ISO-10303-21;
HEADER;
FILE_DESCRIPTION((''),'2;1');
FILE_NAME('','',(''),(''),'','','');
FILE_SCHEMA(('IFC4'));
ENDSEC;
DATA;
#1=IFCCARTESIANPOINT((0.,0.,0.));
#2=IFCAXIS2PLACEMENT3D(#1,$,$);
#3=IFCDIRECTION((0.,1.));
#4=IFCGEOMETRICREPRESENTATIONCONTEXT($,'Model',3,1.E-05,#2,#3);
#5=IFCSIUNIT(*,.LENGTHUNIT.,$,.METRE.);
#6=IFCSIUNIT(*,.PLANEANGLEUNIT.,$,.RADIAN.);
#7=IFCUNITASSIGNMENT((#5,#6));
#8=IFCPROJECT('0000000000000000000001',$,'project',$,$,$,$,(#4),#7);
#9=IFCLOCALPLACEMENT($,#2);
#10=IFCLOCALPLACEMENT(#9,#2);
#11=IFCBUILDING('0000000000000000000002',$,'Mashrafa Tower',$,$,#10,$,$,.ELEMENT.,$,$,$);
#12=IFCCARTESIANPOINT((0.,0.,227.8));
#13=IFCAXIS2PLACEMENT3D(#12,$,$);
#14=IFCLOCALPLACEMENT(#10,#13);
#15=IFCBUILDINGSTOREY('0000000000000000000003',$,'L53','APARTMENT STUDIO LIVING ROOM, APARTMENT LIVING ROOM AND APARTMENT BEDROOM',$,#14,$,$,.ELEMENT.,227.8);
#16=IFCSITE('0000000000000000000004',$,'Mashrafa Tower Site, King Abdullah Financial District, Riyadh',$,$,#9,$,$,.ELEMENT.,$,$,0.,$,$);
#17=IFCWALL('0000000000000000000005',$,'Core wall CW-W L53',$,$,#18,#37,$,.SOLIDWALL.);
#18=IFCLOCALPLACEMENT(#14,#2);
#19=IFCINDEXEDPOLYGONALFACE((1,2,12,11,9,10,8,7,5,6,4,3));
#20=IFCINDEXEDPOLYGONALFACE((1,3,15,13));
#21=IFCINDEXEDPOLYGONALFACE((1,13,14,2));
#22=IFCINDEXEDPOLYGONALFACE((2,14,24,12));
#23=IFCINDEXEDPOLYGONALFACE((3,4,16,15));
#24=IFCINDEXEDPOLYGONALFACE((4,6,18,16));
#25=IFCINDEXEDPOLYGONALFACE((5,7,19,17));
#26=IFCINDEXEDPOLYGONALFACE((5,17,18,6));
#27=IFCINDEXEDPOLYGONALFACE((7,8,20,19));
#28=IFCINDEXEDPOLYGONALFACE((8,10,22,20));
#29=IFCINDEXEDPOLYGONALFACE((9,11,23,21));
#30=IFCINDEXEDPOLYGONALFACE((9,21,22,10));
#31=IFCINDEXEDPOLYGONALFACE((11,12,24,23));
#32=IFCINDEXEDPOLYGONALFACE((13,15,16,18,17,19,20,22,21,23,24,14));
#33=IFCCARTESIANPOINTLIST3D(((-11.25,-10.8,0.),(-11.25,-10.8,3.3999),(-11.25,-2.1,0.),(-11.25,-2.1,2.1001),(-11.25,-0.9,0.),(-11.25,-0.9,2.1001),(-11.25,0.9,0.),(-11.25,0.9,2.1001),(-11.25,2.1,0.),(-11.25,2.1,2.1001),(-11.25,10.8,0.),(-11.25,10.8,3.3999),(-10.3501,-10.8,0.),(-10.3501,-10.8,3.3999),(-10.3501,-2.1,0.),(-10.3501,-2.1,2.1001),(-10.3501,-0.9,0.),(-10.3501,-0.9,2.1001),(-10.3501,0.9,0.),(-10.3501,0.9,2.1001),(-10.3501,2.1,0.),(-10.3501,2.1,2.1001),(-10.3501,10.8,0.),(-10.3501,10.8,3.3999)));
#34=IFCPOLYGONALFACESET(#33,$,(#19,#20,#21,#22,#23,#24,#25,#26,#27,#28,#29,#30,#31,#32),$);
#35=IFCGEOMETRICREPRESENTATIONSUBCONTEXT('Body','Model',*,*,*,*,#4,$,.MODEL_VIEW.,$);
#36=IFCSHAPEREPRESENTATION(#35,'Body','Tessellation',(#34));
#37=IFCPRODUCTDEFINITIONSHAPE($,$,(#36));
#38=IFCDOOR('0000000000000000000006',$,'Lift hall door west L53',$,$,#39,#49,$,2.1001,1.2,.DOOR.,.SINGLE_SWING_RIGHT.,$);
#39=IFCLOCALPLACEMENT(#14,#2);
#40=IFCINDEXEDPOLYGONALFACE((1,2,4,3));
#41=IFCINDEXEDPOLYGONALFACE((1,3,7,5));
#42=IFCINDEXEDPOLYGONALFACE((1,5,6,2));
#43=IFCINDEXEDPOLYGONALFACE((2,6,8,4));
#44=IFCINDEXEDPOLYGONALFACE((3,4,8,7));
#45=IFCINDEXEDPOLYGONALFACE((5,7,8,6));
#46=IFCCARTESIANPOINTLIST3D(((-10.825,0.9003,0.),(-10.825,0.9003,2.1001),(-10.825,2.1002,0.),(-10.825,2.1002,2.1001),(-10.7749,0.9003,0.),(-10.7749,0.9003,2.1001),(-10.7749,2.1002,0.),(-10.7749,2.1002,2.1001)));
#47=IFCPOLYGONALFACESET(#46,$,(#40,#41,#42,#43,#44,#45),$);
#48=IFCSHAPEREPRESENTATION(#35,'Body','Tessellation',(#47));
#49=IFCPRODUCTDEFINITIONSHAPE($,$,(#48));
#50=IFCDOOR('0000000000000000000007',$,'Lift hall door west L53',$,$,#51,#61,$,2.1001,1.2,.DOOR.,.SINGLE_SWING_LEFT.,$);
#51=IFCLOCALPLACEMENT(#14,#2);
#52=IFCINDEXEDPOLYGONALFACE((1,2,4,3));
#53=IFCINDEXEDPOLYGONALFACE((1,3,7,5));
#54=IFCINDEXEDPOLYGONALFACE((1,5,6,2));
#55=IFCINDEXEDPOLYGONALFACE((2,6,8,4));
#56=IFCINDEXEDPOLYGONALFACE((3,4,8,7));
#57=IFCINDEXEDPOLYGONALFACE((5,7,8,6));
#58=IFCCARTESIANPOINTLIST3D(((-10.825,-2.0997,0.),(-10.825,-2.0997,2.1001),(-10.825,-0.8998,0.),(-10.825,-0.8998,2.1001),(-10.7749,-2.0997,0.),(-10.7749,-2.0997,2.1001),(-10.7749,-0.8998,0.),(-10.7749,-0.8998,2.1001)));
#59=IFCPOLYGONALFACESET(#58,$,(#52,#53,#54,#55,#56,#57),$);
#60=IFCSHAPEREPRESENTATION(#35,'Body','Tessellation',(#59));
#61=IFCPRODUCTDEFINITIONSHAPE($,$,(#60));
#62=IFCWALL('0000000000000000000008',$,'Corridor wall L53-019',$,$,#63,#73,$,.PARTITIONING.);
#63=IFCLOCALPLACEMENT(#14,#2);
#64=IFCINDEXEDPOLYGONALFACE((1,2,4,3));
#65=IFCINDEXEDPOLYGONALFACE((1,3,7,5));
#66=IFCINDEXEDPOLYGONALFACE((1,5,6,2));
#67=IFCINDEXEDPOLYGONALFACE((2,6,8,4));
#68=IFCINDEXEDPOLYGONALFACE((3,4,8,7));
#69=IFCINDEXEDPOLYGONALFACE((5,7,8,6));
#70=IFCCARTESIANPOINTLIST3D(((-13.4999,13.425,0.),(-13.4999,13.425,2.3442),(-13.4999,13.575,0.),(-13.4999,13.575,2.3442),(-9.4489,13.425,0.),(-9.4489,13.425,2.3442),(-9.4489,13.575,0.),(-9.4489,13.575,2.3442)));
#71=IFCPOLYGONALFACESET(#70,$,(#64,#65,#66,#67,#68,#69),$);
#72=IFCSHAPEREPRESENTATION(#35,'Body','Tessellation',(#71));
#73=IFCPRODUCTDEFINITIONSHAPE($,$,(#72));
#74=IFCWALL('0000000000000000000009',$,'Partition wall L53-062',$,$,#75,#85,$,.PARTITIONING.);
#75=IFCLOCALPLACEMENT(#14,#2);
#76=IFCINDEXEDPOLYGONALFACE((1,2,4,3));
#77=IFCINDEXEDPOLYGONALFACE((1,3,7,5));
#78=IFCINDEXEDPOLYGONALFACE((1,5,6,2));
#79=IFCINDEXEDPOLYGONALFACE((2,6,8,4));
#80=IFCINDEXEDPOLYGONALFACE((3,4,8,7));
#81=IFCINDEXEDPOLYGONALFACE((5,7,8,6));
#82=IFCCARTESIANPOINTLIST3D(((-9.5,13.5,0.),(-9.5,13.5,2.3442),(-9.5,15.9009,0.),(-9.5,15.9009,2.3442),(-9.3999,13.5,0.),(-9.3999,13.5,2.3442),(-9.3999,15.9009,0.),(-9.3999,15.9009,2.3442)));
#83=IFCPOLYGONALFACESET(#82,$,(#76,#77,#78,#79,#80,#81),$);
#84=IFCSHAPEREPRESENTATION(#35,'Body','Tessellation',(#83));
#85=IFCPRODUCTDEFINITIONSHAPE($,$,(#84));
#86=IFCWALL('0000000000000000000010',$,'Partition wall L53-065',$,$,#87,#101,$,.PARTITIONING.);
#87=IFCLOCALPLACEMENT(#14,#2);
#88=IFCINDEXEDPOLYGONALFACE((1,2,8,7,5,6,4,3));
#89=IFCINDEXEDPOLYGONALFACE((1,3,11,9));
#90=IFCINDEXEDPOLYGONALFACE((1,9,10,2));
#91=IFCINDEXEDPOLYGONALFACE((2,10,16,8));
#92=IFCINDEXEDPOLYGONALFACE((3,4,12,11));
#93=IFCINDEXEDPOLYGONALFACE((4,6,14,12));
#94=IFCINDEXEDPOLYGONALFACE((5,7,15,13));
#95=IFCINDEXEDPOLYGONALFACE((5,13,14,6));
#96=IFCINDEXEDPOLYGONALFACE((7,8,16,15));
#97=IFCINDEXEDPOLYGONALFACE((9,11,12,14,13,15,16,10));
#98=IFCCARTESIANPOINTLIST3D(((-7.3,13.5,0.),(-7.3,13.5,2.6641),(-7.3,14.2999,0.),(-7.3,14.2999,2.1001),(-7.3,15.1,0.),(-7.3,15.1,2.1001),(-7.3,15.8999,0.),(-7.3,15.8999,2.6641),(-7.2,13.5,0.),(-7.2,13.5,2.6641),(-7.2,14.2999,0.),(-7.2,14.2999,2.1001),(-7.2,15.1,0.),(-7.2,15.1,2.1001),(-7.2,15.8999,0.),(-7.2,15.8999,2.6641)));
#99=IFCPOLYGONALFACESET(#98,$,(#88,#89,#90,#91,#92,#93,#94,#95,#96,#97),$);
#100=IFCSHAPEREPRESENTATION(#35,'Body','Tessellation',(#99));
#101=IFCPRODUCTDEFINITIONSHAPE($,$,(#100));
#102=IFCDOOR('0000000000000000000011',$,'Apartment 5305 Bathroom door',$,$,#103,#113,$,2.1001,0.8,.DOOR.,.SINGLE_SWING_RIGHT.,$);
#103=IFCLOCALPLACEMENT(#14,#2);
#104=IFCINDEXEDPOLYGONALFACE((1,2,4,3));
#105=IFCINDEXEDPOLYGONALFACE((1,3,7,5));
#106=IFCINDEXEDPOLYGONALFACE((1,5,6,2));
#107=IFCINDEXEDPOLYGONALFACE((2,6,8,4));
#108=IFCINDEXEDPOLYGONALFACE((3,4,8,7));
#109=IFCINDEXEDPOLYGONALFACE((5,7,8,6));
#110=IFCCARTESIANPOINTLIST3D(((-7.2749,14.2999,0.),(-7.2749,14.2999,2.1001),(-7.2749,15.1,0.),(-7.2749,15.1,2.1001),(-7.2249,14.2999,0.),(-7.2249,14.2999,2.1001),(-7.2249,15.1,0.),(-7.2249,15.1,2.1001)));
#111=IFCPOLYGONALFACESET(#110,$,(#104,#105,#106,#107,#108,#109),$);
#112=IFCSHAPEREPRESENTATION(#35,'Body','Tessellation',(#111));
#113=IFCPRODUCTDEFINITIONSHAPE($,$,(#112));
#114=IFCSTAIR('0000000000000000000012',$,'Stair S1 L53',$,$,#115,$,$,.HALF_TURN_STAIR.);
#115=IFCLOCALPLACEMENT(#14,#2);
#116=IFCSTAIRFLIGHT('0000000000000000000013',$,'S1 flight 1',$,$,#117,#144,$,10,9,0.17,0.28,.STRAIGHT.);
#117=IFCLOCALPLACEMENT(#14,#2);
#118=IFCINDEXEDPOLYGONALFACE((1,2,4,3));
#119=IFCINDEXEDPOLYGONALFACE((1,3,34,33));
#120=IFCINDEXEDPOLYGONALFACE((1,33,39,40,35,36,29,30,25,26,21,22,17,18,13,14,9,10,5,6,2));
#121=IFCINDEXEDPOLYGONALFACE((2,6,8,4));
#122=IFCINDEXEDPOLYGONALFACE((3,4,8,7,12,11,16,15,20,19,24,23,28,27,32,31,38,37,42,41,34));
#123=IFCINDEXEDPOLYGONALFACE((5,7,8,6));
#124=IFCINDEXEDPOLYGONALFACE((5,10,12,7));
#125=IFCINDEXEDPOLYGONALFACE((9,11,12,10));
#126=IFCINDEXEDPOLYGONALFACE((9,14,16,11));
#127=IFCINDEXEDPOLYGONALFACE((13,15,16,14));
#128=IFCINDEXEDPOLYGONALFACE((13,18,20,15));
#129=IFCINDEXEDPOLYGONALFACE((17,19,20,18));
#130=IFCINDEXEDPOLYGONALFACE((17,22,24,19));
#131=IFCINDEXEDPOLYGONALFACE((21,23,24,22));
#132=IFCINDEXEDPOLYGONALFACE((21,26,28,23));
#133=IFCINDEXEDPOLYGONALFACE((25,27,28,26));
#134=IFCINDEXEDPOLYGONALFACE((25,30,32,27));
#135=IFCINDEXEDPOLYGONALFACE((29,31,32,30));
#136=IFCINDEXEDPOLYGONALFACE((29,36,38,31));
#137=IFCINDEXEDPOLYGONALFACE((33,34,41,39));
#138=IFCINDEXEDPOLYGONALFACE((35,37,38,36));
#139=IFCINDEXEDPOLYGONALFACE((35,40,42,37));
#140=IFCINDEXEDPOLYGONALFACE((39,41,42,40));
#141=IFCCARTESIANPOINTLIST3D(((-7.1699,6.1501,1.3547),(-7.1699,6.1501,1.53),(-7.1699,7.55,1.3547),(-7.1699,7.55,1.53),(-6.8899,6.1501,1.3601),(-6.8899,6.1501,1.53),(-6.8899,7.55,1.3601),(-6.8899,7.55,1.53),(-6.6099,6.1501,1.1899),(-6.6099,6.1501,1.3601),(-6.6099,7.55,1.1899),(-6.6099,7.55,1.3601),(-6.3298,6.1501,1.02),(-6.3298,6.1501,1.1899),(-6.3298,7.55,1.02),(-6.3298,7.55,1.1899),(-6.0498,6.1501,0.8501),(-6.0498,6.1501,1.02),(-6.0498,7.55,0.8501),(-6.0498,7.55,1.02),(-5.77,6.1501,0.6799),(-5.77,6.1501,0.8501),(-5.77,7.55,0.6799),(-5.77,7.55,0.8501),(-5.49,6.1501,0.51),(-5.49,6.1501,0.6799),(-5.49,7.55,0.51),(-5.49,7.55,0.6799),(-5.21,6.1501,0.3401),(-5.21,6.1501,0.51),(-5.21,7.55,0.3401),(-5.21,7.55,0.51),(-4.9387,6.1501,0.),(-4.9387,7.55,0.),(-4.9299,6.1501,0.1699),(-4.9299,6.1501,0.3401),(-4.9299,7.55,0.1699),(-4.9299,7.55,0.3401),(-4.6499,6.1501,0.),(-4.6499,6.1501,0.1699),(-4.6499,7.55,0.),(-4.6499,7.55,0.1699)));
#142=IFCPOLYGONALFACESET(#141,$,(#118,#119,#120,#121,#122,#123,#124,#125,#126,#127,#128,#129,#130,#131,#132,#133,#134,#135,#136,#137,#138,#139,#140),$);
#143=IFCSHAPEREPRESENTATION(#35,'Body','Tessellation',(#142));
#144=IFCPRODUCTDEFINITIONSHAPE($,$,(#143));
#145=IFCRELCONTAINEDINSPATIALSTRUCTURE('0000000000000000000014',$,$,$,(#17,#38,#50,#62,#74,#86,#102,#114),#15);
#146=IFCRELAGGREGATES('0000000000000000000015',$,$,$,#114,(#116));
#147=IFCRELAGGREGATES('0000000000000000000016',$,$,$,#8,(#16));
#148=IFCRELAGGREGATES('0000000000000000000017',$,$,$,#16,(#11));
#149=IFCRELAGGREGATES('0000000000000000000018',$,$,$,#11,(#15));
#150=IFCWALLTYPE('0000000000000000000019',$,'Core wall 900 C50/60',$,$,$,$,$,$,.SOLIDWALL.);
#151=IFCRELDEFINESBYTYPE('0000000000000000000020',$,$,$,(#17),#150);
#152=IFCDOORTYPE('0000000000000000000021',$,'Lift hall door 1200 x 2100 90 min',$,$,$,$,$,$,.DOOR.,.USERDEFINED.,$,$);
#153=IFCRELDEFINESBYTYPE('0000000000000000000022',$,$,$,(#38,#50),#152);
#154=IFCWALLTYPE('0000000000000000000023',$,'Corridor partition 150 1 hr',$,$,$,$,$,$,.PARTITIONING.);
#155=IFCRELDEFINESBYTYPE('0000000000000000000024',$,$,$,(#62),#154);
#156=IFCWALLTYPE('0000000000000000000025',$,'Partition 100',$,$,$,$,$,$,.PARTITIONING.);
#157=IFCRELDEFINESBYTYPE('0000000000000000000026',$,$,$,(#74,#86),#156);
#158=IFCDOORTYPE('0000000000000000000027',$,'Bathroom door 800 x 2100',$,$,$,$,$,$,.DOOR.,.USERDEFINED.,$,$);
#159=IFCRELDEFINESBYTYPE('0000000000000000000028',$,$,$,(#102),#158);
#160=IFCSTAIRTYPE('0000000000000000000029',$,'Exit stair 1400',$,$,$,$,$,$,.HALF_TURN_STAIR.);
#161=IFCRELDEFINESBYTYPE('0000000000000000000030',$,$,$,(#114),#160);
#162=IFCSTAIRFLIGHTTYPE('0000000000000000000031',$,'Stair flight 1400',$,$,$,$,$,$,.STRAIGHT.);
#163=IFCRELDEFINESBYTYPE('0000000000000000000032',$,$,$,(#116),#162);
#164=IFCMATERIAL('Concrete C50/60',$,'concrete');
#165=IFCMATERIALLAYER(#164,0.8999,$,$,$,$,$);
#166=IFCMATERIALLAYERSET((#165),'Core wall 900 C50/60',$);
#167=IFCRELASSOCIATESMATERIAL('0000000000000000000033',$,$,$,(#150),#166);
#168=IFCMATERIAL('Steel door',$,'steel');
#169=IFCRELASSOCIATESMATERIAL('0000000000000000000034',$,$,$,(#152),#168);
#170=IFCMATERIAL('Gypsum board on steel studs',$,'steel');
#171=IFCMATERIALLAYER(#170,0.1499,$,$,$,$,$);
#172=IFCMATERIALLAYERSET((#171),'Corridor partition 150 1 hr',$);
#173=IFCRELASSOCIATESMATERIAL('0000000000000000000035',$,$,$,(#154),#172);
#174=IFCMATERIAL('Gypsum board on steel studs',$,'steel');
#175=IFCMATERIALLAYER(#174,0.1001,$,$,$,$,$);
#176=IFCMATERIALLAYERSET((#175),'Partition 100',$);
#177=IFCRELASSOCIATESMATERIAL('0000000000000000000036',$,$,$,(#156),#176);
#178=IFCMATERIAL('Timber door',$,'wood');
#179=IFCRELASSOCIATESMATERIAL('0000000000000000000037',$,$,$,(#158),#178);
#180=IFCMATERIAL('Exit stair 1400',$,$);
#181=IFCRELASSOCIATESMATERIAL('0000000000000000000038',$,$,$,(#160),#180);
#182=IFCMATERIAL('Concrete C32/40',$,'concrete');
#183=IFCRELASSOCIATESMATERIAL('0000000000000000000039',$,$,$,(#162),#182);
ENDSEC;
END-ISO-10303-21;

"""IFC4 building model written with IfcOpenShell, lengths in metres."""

from ifc_helpers import new_model, si_unit, direction, frame, frame_2d, origin, place, context, subcontext, project, spatial, polyline, rectangle, outline, extrude, material, layer, layer_set, type_object, element, fill, aggregate, save


model = new_model("IFC4")

# Units and contexts
model_context = context("Model", 3, precision=1e-05, world=origin(), true_north=direction((0.0, 1.0)))
body_context = subcontext(model_context, "Body", "Model", "MODEL_VIEW")
ifc_project = project(units=[si_unit("LENGTHUNIT", "METRE"), si_unit("PLANEANGLEUNIT", "RADIAN")], contexts=[model_context])

# Site, building, storey
site_placement = place(None, origin())
site = spatial("IfcSite", under=ifc_project, at=site_placement, Name="Mashrafa Tower Site, King Abdullah Financial District, Riyadh", CompositionType="ELEMENT", RefElevation=0.0)
building_placement = place(site_placement, origin())
building = spatial("IfcBuilding", under=site, at=building_placement, Name="Mashrafa Tower", CompositionType="ELEMENT")
storey_placement = place(building_placement, frame((0.0, 0.0, 227.8)))
storey = spatial("IfcBuildingStorey", under=building, at=storey_placement, Name="L53", Description="APARTMENT STUDIO LIVING ROOM, APARTMENT LIVING ROOM AND APARTMENT BEDROOM", CompositionType="ELEMENT", Elevation=227.8)

# Wall, openings, doors
ifc_material_1 = material(Name="Concrete C50/60", Category="concrete")
ifc_layer_1 = layer(ifc_material_1, 0.8999)
ifc_layer_set_1 = layer_set([ifc_layer_1], Name="Core wall 900 C50/60")
wall_type_1 = type_object("IfcWallType", Name="Core wall 900 C50/60", PredefinedType="SOLIDWALL", material=ifc_layer_set_1)
wall_1_placement = place(storey_placement, frame((-10.8, 10.8, 0.0), z_axis=(0.0, 0.0, 1.0), x_axis=(0.0, -1.0, 0.0)))
wall_1 = element("IfcWall", 1, at=wall_1_placement, inside=storey, type_object=wall_type_1, Name="Core wall CW-W L53", PredefinedType="SOLIDWALL", context=body_context, shape_type="SweptSolid", body=[
    extrude(rectangle(XDim=21.6001, YDim=0.8999, at=frame_2d((10.8, 0.0))), origin(), (0.0, 0.0, 1.0), 3.3999),
])
opening_1_placement = place(wall_1_placement, frame((8.7, 0.0, 0.0)))
opening_1 = element("IfcOpeningElement", 2, at=opening_1_placement, cuts=wall_1, PredefinedType="OPENING", context=body_context, shape_type="SweptSolid", body=[
    extrude(rectangle(XDim=1.2, YDim=2.1001, at=frame_2d((0.6001, 1.05))), frame((0.0, 0.46, 0.0), z_axis=(0.0, -1.0, 0.0), x_axis=(1.0, 0.0, 0.0)), (0.0, 0.0, 1.0), 0.9199),
])
opening_2_placement = place(wall_1_placement, frame((11.7, 0.0, 0.0)))
opening_2 = element("IfcOpeningElement", 3, at=opening_2_placement, cuts=wall_1, PredefinedType="OPENING", context=body_context, shape_type="SweptSolid", body=[
    extrude(rectangle(XDim=1.2, YDim=2.1001, at=frame_2d((0.6001, 1.05))), frame((0.0, 0.46, 0.0), z_axis=(0.0, -1.0, 0.0), x_axis=(1.0, 0.0, 0.0)), (0.0, 0.0, 1.0), 0.9199),
])
ifc_material_2 = material(Name="Steel door", Category="steel")
door_type_1 = type_object("IfcDoorType", Name="Lift hall door 1200 x 2100 90 min", OperationType="USERDEFINED", PredefinedType="DOOR", material=ifc_material_2)
door_1_placement = place(opening_1_placement, frame((1.2, 0.0, 0.0), z_axis=(0.0, 0.0, 1.0), x_axis=(-1.0, 0.0, 0.0)))
door_1 = element("IfcDoor", 4, at=door_1_placement, inside=storey, type_object=door_type_1, Name="Lift hall door west L53", OperationType="SINGLE_SWING_RIGHT", OverallHeight=2.1001, OverallWidth=1.2, PredefinedType="DOOR", context=body_context, shape_type="SweptSolid", body=[
    extrude(rectangle(XDim=1.2, YDim=2.1001, at=frame_2d((0.6001, 1.05))), frame((0.0, 0.0249, 0.0), z_axis=(0.0, -1.0, 0.0), x_axis=(1.0, 0.0, 0.0)), (0.0, 0.0, 1.0), 0.05),
])
fill(opening_1, door_1)
door_2_placement = place(opening_2_placement, frame((1.2, 0.0, 0.0), z_axis=(0.0, 0.0, 1.0), x_axis=(-1.0, 0.0, 0.0)))
door_2 = element("IfcDoor", 5, at=door_2_placement, inside=storey, type_object=door_type_1, Name="Lift hall door west L53", OperationType="SINGLE_SWING_LEFT", OverallHeight=2.1001, OverallWidth=1.2, PredefinedType="DOOR", context=body_context, shape_type="SweptSolid", body=[
    extrude(rectangle(XDim=1.2, YDim=2.1001, at=frame_2d((0.6001, 1.05))), frame((0.0, 0.0249, 0.0), z_axis=(0.0, -1.0, 0.0), x_axis=(1.0, 0.0, 0.0)), (0.0, 0.0, 1.0), 0.05),
])
fill(opening_2, door_2)

# Walls
ifc_material_3 = material(Name="Gypsum board on steel studs", Category="steel")
ifc_layer_2 = layer(ifc_material_3, 0.1499)
ifc_layer_set_2 = layer_set([ifc_layer_2], Name="Corridor partition 150 1 hr")
wall_type_2 = type_object("IfcWallType", Name="Corridor partition 150 1 hr", PredefinedType="PARTITIONING", material=ifc_layer_set_2)
wall_2_placement = place(storey_placement, frame((-9.449, 13.5, 0.0), z_axis=(0.0, 0.0, 1.0), x_axis=(-1.0, 0.0, 0.0)))
element("IfcWall", 6, at=wall_2_placement, inside=storey, type_object=wall_type_2, Name="Corridor wall L53-019", PredefinedType="PARTITIONING", context=body_context, shape_type="SweptSolid", body=[
    extrude(rectangle(XDim=4.051, YDim=0.1499, at=frame_2d((2.0254, 0.0))), origin(), (0.0, 0.0, 1.0), 2.3442),
])
ifc_material_4 = material(Name="Gypsum board on steel studs", Category="steel")
ifc_layer_3 = layer(ifc_material_4, 0.1001)
ifc_layer_set_3 = layer_set([ifc_layer_3], Name="Partition 100")
wall_type_3 = type_object("IfcWallType", Name="Partition 100", PredefinedType="PARTITIONING", material=ifc_layer_set_3)
wall_3_placement = place(storey_placement, frame((-9.45, 13.5, 0.0), z_axis=(0.0, 0.0, 1.0), x_axis=(0.0, 1.0, 0.0)))
element("IfcWall", 7, at=wall_3_placement, inside=storey, type_object=wall_type_3, Name="Partition wall L53-062", PredefinedType="PARTITIONING", context=body_context, shape_type="SweptSolid", body=[
    extrude(rectangle(XDim=2.4009, YDim=0.1001, at=frame_2d((1.2004, 0.0))), origin(), (0.0, 0.0, 1.0), 2.3442),
])

# Wall, opening, door
wall_4_placement = place(storey_placement, frame((-7.25, 13.5, 0.0), z_axis=(0.0, 0.0, 1.0), x_axis=(0.0, 1.0, 0.0)))
wall_4 = element("IfcWall", 8, at=wall_4_placement, inside=storey, type_object=wall_type_3, Name="Partition wall L53-065", PredefinedType="PARTITIONING", context=body_context, shape_type="SweptSolid", body=[
    extrude(rectangle(XDim=2.3999, YDim=0.1001, at=frame_2d((1.2, 0.0))), origin(), (0.0, 0.0, 1.0), 2.6641),
])
opening_3_placement = place(wall_4_placement, frame((0.8, 0.0, 0.0)))
opening_3 = element("IfcOpeningElement", 9, at=opening_3_placement, cuts=wall_4, PredefinedType="OPENING", context=body_context, shape_type="SweptSolid", body=[
    extrude(rectangle(XDim=0.8, YDim=2.1001, at=frame_2d((0.3999, 1.05))), frame((0.0, 0.0601, 0.0), z_axis=(0.0, -1.0, 0.0), x_axis=(1.0, 0.0, 0.0)), (0.0, 0.0, 1.0), 0.1201),
])
ifc_material_5 = material(Name="Timber door", Category="wood")
door_type_2 = type_object("IfcDoorType", Name="Bathroom door 800 x 2100", OperationType="USERDEFINED", PredefinedType="DOOR", material=ifc_material_5)
door_3_placement = place(opening_3_placement, origin())
door_3 = element("IfcDoor", 10, at=door_3_placement, inside=storey, type_object=door_type_2, Name="Apartment 5305 Bathroom door", OperationType="SINGLE_SWING_RIGHT", OverallHeight=2.1001, OverallWidth=0.8, PredefinedType="DOOR", context=body_context, shape_type="SweptSolid", body=[
    extrude(rectangle(XDim=0.8, YDim=2.1001, at=frame_2d((0.3999, 1.05))), frame((0.0, 0.0249, 0.0), z_axis=(0.0, -1.0, 0.0), x_axis=(1.0, 0.0, 0.0)), (0.0, 0.0, 1.0), 0.05),
])
fill(opening_3, door_3)

# Stair, stair flight
ifc_material_6 = material(Name="Exit stair 1400")
stair_type = type_object("IfcStairType", Name="Exit stair 1400", PredefinedType="HALF_TURN_STAIR", material=ifc_material_6)
stair_placement = place(storey_placement, origin())
stair = element("IfcStair", 11, at=stair_placement, inside=storey, type_object=stair_type, Name="Stair S1 L53", PredefinedType="HALF_TURN_STAIR")
ifc_material_7 = material(Name="Concrete C32/40", Category="concrete")
stair_flight_type = type_object("IfcStairFlightType", Name="Stair flight 1400", PredefinedType="STRAIGHT", material=ifc_material_7)
stair_flight_1_placement = place(storey_placement, frame((-4.6499, 6.8501, 0.0), z_axis=(0.0, 0.0, 1.0), x_axis=(-1.0, 0.0, 0.0)))
stair_flight_1 = element("IfcStairFlight", 12, at=stair_flight_1_placement, type_object=stair_flight_type, Name="S1 flight 1", NumberOfRisers=10, NumberOfTreads=9, PredefinedType="STRAIGHT", RiserHeight=0.17, TreadLength=0.28, context=body_context, shape_type="SweptSolid", body=[
    extrude(outline(polyline([(0.0, 0.0), (0.0, 0.1699), (0.28, 0.1699), (0.28, 0.3401), (0.5601, 0.3401), (0.5601, 0.51), (0.8401, 0.51), (0.8401, 0.6799), (1.1201, 0.6799), (1.1201, 0.8501), (1.3999, 0.8501), (1.3999, 1.02), (1.6799, 1.02), (1.6799, 1.1899), (1.96, 1.1899), (1.96, 1.3601), (2.24, 1.3601), (2.24, 1.53), (2.52, 1.53), (2.52, 1.7), (2.52, 1.3547), (0.2888, 0.0), (0.0, 0.0)])), frame((0.0, 0.7, 0.0), z_axis=(0.0, -1.0, 0.0), x_axis=(1.0, 0.0, 0.0)), (0.0, 0.0, 1.0), 1.3999),
])
aggregate(stair, [stair_flight_1])

save(model, "model.ifc")
